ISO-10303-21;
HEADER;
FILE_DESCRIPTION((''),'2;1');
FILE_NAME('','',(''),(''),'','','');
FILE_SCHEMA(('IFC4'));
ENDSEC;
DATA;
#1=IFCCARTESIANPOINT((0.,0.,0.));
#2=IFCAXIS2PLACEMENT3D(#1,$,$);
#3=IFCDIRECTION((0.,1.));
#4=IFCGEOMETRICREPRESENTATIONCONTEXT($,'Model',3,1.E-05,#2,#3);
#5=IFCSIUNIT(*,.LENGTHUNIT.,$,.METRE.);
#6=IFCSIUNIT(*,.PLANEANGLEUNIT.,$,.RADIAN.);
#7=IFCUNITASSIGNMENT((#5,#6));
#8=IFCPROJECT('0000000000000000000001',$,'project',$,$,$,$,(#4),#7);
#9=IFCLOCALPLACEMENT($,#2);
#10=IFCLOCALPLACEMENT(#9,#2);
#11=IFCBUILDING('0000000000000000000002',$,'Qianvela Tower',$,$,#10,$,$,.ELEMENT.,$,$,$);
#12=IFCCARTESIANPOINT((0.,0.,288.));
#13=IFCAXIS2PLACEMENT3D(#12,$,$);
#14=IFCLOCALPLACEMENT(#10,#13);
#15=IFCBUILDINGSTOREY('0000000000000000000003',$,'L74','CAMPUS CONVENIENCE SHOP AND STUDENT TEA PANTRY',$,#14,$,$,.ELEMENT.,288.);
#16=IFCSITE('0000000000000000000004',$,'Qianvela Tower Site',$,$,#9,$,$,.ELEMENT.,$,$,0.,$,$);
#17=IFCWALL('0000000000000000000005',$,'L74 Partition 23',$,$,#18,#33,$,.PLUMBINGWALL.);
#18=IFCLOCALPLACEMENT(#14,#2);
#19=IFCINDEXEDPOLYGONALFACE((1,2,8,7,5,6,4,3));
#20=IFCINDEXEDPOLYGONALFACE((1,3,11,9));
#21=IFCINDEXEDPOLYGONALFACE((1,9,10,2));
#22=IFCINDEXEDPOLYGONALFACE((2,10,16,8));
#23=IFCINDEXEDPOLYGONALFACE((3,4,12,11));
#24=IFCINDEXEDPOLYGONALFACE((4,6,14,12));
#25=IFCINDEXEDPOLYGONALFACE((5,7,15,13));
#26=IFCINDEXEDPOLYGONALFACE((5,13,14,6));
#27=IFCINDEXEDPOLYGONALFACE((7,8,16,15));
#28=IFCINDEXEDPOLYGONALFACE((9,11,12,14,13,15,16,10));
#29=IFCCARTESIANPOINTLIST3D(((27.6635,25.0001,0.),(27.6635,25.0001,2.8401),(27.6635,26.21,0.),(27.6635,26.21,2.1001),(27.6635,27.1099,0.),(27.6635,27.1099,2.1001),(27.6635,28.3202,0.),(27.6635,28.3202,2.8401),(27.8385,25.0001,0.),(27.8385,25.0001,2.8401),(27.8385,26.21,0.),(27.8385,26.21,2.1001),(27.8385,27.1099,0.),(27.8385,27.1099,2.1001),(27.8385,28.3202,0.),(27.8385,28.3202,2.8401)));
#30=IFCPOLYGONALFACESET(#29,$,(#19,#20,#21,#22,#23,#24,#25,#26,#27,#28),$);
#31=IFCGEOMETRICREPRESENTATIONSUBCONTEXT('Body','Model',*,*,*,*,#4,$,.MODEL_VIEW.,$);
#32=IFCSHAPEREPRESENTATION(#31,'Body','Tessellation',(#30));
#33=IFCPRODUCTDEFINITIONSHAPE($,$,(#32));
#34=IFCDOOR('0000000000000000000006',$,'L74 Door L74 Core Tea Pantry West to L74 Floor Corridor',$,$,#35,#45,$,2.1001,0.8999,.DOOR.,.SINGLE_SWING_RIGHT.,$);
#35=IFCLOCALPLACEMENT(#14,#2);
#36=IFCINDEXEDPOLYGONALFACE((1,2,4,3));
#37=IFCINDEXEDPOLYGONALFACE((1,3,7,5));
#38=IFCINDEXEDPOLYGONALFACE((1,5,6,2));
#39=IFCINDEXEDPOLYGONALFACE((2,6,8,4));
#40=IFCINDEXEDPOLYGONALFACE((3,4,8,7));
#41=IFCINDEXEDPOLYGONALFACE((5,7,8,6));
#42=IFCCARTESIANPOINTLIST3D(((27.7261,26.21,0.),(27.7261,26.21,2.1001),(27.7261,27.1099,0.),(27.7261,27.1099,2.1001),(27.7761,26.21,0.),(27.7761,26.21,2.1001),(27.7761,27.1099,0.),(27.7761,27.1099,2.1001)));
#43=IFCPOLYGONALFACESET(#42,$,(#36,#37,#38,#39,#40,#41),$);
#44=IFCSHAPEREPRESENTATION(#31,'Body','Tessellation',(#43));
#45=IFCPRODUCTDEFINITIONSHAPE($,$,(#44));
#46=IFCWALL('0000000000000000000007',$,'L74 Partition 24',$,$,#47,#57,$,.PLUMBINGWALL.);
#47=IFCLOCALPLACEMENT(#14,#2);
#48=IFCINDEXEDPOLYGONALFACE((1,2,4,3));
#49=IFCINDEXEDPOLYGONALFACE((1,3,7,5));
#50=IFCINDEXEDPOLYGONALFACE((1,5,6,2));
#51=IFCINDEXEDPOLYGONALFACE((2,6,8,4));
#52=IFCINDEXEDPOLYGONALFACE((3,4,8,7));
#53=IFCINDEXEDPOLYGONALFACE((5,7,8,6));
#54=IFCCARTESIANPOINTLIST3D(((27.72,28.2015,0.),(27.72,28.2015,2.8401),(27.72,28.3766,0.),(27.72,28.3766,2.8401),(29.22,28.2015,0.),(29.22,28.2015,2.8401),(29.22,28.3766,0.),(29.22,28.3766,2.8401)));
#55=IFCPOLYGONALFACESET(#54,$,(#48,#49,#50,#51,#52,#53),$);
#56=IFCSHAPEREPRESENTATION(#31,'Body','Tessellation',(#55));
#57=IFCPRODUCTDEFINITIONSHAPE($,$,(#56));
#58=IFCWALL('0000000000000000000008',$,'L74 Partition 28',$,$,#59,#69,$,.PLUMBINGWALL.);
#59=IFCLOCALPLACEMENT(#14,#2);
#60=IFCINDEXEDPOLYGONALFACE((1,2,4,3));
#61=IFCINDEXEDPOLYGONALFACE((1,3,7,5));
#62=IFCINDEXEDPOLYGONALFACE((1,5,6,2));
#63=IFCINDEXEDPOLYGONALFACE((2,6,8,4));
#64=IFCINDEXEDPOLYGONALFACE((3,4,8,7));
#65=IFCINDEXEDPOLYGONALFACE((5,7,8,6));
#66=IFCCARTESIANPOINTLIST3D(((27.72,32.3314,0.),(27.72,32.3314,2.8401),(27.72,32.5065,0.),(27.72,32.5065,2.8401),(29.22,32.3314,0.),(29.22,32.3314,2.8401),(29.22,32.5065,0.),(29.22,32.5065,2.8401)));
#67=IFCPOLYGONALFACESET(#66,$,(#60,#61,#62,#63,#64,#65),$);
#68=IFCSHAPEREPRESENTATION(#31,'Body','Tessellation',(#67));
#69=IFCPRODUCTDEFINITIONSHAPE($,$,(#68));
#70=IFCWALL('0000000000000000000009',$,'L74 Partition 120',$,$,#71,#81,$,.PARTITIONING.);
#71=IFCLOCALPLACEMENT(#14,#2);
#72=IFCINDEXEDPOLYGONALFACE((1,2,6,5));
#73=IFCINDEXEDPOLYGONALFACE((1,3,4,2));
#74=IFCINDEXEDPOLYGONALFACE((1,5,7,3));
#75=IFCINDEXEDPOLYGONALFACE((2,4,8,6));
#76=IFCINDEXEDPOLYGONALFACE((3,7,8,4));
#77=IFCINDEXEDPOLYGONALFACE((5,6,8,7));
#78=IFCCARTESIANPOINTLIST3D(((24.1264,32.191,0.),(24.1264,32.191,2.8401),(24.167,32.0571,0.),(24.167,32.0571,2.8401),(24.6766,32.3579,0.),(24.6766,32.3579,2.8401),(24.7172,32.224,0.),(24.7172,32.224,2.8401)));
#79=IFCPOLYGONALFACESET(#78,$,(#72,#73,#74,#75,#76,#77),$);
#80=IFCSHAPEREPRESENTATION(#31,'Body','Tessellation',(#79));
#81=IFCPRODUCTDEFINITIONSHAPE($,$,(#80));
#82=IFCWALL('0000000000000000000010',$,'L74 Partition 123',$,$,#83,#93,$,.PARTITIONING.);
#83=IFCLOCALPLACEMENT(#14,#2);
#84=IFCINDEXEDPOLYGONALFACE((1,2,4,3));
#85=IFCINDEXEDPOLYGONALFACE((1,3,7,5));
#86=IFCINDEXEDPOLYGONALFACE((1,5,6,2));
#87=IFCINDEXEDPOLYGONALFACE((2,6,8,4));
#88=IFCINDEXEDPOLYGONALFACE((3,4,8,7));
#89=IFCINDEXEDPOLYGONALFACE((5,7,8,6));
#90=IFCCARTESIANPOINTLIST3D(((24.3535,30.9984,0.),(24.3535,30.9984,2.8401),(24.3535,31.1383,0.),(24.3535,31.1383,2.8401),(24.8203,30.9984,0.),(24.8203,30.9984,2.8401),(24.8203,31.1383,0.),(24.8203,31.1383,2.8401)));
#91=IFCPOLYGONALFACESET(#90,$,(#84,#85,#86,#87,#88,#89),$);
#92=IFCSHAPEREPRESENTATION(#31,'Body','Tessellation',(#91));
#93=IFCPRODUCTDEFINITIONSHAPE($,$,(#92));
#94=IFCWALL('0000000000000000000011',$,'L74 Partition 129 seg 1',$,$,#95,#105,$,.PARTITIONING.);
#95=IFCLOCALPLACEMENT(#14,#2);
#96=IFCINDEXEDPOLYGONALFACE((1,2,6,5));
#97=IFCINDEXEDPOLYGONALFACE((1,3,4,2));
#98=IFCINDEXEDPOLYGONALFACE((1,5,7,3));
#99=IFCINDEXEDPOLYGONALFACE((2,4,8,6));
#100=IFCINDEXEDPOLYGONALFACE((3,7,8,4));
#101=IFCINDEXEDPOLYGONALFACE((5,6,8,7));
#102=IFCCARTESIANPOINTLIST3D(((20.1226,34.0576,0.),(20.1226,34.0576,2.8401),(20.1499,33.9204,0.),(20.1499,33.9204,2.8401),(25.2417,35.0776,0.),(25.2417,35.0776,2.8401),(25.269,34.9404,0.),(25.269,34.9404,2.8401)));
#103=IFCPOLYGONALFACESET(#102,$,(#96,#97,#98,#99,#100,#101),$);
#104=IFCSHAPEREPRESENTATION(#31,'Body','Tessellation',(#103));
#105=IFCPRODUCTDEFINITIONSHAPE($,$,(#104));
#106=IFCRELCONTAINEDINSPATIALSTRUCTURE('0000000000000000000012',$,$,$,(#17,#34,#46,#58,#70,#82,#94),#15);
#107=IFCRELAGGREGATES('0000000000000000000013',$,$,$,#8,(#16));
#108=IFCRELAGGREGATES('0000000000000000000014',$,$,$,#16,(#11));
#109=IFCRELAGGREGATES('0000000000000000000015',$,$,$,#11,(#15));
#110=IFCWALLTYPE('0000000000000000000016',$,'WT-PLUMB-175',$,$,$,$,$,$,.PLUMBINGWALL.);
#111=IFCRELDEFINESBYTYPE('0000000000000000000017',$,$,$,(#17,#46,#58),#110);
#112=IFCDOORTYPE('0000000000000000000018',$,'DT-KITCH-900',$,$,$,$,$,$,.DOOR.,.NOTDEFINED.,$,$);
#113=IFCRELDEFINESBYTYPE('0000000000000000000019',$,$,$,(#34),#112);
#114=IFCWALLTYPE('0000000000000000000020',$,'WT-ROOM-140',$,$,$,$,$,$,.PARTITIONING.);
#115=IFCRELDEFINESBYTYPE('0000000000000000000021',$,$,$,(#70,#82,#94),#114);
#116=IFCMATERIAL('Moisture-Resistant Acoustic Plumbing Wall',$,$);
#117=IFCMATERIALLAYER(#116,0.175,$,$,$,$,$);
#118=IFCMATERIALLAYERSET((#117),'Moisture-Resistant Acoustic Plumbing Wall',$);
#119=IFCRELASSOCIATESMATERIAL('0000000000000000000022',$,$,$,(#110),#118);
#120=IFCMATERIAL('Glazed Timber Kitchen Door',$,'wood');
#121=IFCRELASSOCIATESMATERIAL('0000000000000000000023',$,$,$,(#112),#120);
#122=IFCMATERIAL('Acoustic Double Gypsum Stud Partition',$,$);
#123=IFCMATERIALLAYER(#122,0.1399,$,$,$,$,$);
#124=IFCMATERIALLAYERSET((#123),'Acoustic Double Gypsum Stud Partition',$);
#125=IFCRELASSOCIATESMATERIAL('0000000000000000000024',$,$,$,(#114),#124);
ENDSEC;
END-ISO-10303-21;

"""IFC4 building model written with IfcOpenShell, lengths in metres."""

from ifc_helpers import new_model, si_unit, direction, frame, frame_2d, origin, place, context, subcontext, project, spatial, rectangle, extrude, material, layer, layer_set, type_object, element, fill, save


model = new_model("IFC4")

# Units and contexts
model_context = context("Model", 3, precision=1e-05, world=origin(), true_north=direction((0.0, 1.0)))
body_context = subcontext(model_context, "Body", "Model", "MODEL_VIEW")
ifc_project = project(units=[si_unit("LENGTHUNIT", "METRE"), si_unit("PLANEANGLEUNIT", "RADIAN")], contexts=[model_context])

# Site, building, storey
site_placement = place(None, origin())
site = spatial("IfcSite", under=ifc_project, at=site_placement, Name="Qianvela Tower Site", CompositionType="ELEMENT", RefElevation=0.0)
building_placement = place(site_placement, origin())
building = spatial("IfcBuilding", under=site, at=building_placement, Name="Qianvela Tower", CompositionType="ELEMENT")
storey_placement = place(building_placement, frame((0.0, 0.0, 288.0)))
storey = spatial("IfcBuildingStorey", under=building, at=storey_placement, Name="L74", Description="CAMPUS CONVENIENCE SHOP AND STUDENT TEA PANTRY", CompositionType="ELEMENT", Elevation=288.0)

# Wall, opening, door
ifc_material_1 = material(Name="Moisture-Resistant Acoustic Plumbing Wall")
ifc_layer_1 = layer(ifc_material_1, 0.175)
ifc_layer_set_1 = layer_set([ifc_layer_1], Name="Moisture-Resistant Acoustic Plumbing Wall")
wall_type_1 = type_object("IfcWallType", Name="WT-PLUMB-175", PredefinedType="PLUMBINGWALL", material=ifc_layer_set_1)
wall_1_placement = place(storey_placement, frame((27.751, 25.0, 0.0), z_axis=(0.0, 0.0, 1.0), x_axis=(0.0, 1.0, 0.0)))
wall_1 = element("IfcWall", 1, at=wall_1_placement, inside=storey, type_object=wall_type_1, Name="L74 Partition 23", PredefinedType="PLUMBINGWALL", context=body_context, shape_type="SweptSolid", body=[
    extrude(rectangle(XDim=3.3201, YDim=0.175, at=frame_2d((1.6602, 0.0))), origin(), (0.0, 0.0, 1.0), 2.8401),
])
opening_1_placement = place(wall_1_placement, frame((1.21, 0.0, 0.0)))
opening_1 = element("IfcOpeningElement", 2, at=opening_1_placement, cuts=wall_1, PredefinedType="OPENING", context=body_context, shape_type="SweptSolid", body=[
    extrude(rectangle(XDim=0.8999, YDim=2.1001, at=frame_2d((0.45, 1.05))), frame((0.0, 0.0974, 0.0), z_axis=(0.0, -1.0, 0.0), x_axis=(1.0, 0.0, 0.0)), (0.0, 0.0, 1.0), 0.1951),
])
ifc_material_2 = material(Name="Glazed Timber Kitchen Door", Category="wood")
door_type = type_object("IfcDoorType", Name="DT-KITCH-900", OperationType="NOTDEFINED", PredefinedType="DOOR", material=ifc_material_2)
door_placement = place(opening_1_placement, origin())
door = element("IfcDoor", 3, at=door_placement, inside=storey, type_object=door_type, Name="L74 Door L74 Core Tea Pantry West to L74 Floor Corridor", OperationType="SINGLE_SWING_RIGHT", OverallHeight=2.1001, OverallWidth=0.8999, PredefinedType="DOOR", context=body_context, shape_type="SweptSolid", body=[
    extrude(rectangle(XDim=0.8999, YDim=2.1001, at=frame_2d((0.45, 1.05))), frame((0.0, 0.0249, 0.0), z_axis=(0.0, -1.0, 0.0), x_axis=(1.0, 0.0, 0.0)), (0.0, 0.0, 1.0), 0.05),
])
fill(opening_1, door)

# Walls
for number, where, z_axis, x_axis, name in (
    (4, (27.72, 28.2891, 0.0), (0.0, 0.0, 1.0), (1.0, 0.0, 0.0), "L74 Partition 24"),
    (5, (27.72, 32.4189, 0.0), (0.0, 0.0, 1.0), (1.0, 0.0, 0.0), "L74 Partition 28"),
):
    element("IfcWall", number, at=place(storey_placement, frame(where, z_axis=z_axis, x_axis=x_axis)), inside=storey, type_object=wall_type_1, Name=name, PredefinedType="PLUMBINGWALL", context=body_context, shape_type="SweptSolid", body=[
        extrude(rectangle(XDim=1.5, YDim=0.175, at=frame_2d((0.75, 0.0))), origin(), (0.0, 0.0, 1.0), 2.8401),
    ])
ifc_material_3 = material(Name="Acoustic Double Gypsum Stud Partition")
ifc_layer_2 = layer(ifc_material_3, 0.1399)
ifc_layer_set_2 = layer_set([ifc_layer_2], Name="Acoustic Double Gypsum Stud Partition")
wall_type_2 = type_object("IfcWallType", Name="WT-ROOM-140", PredefinedType="PARTITIONING", material=ifc_layer_set_2)
wall_2_placement = place(storey_placement, frame((24.697, 32.291, 0.0), z_axis=(0.0, 0.0, 1.0), x_axis=(-0.95691, -0.290384, 0.0)))
element("IfcWall", 6, at=wall_2_placement, inside=storey, type_object=wall_type_2, Name="L74 Partition 120", PredefinedType="PARTITIONING", context=body_context, shape_type="SweptSolid", body=[
    extrude(rectangle(XDim=0.575, YDim=0.1399, at=frame_2d((0.2876, 0.0))), origin(), (0.0, 0.0, 1.0), 2.8401),
])
wall_3_placement = place(storey_placement, frame((24.3535, 31.0684, 0.0), z_axis=(0.0, 0.0, 1.0), x_axis=(1.0, 0.0, 0.0)))
element("IfcWall", 7, at=wall_3_placement, inside=storey, type_object=wall_type_2, Name="L74 Partition 123", PredefinedType="PARTITIONING", context=body_context, shape_type="SweptSolid", body=[
    extrude(rectangle(XDim=0.4668, YDim=0.1399, at=frame_2d((0.2334, 0.0))), origin(), (0.0, 0.0, 1.0), 2.8401),
])
wall_4_placement = place(storey_placement, frame((20.1362, 33.989, 0.0), z_axis=(0.0, 0.0, 1.0), x_axis=(0.980721, 0.195415, 0.0)))
element("IfcWall", 8, at=wall_4_placement, inside=storey, type_object=wall_type_2, Name="L74 Partition 129 seg 1", PredefinedType="PARTITIONING", context=body_context, shape_type="SweptSolid", body=[
    extrude(rectangle(XDim=5.2197, YDim=0.1399, at=frame_2d((2.6099, 0.0))), origin(), (0.0, 0.0, 1.0), 2.8401),
])

save(model, "model.ifc")
